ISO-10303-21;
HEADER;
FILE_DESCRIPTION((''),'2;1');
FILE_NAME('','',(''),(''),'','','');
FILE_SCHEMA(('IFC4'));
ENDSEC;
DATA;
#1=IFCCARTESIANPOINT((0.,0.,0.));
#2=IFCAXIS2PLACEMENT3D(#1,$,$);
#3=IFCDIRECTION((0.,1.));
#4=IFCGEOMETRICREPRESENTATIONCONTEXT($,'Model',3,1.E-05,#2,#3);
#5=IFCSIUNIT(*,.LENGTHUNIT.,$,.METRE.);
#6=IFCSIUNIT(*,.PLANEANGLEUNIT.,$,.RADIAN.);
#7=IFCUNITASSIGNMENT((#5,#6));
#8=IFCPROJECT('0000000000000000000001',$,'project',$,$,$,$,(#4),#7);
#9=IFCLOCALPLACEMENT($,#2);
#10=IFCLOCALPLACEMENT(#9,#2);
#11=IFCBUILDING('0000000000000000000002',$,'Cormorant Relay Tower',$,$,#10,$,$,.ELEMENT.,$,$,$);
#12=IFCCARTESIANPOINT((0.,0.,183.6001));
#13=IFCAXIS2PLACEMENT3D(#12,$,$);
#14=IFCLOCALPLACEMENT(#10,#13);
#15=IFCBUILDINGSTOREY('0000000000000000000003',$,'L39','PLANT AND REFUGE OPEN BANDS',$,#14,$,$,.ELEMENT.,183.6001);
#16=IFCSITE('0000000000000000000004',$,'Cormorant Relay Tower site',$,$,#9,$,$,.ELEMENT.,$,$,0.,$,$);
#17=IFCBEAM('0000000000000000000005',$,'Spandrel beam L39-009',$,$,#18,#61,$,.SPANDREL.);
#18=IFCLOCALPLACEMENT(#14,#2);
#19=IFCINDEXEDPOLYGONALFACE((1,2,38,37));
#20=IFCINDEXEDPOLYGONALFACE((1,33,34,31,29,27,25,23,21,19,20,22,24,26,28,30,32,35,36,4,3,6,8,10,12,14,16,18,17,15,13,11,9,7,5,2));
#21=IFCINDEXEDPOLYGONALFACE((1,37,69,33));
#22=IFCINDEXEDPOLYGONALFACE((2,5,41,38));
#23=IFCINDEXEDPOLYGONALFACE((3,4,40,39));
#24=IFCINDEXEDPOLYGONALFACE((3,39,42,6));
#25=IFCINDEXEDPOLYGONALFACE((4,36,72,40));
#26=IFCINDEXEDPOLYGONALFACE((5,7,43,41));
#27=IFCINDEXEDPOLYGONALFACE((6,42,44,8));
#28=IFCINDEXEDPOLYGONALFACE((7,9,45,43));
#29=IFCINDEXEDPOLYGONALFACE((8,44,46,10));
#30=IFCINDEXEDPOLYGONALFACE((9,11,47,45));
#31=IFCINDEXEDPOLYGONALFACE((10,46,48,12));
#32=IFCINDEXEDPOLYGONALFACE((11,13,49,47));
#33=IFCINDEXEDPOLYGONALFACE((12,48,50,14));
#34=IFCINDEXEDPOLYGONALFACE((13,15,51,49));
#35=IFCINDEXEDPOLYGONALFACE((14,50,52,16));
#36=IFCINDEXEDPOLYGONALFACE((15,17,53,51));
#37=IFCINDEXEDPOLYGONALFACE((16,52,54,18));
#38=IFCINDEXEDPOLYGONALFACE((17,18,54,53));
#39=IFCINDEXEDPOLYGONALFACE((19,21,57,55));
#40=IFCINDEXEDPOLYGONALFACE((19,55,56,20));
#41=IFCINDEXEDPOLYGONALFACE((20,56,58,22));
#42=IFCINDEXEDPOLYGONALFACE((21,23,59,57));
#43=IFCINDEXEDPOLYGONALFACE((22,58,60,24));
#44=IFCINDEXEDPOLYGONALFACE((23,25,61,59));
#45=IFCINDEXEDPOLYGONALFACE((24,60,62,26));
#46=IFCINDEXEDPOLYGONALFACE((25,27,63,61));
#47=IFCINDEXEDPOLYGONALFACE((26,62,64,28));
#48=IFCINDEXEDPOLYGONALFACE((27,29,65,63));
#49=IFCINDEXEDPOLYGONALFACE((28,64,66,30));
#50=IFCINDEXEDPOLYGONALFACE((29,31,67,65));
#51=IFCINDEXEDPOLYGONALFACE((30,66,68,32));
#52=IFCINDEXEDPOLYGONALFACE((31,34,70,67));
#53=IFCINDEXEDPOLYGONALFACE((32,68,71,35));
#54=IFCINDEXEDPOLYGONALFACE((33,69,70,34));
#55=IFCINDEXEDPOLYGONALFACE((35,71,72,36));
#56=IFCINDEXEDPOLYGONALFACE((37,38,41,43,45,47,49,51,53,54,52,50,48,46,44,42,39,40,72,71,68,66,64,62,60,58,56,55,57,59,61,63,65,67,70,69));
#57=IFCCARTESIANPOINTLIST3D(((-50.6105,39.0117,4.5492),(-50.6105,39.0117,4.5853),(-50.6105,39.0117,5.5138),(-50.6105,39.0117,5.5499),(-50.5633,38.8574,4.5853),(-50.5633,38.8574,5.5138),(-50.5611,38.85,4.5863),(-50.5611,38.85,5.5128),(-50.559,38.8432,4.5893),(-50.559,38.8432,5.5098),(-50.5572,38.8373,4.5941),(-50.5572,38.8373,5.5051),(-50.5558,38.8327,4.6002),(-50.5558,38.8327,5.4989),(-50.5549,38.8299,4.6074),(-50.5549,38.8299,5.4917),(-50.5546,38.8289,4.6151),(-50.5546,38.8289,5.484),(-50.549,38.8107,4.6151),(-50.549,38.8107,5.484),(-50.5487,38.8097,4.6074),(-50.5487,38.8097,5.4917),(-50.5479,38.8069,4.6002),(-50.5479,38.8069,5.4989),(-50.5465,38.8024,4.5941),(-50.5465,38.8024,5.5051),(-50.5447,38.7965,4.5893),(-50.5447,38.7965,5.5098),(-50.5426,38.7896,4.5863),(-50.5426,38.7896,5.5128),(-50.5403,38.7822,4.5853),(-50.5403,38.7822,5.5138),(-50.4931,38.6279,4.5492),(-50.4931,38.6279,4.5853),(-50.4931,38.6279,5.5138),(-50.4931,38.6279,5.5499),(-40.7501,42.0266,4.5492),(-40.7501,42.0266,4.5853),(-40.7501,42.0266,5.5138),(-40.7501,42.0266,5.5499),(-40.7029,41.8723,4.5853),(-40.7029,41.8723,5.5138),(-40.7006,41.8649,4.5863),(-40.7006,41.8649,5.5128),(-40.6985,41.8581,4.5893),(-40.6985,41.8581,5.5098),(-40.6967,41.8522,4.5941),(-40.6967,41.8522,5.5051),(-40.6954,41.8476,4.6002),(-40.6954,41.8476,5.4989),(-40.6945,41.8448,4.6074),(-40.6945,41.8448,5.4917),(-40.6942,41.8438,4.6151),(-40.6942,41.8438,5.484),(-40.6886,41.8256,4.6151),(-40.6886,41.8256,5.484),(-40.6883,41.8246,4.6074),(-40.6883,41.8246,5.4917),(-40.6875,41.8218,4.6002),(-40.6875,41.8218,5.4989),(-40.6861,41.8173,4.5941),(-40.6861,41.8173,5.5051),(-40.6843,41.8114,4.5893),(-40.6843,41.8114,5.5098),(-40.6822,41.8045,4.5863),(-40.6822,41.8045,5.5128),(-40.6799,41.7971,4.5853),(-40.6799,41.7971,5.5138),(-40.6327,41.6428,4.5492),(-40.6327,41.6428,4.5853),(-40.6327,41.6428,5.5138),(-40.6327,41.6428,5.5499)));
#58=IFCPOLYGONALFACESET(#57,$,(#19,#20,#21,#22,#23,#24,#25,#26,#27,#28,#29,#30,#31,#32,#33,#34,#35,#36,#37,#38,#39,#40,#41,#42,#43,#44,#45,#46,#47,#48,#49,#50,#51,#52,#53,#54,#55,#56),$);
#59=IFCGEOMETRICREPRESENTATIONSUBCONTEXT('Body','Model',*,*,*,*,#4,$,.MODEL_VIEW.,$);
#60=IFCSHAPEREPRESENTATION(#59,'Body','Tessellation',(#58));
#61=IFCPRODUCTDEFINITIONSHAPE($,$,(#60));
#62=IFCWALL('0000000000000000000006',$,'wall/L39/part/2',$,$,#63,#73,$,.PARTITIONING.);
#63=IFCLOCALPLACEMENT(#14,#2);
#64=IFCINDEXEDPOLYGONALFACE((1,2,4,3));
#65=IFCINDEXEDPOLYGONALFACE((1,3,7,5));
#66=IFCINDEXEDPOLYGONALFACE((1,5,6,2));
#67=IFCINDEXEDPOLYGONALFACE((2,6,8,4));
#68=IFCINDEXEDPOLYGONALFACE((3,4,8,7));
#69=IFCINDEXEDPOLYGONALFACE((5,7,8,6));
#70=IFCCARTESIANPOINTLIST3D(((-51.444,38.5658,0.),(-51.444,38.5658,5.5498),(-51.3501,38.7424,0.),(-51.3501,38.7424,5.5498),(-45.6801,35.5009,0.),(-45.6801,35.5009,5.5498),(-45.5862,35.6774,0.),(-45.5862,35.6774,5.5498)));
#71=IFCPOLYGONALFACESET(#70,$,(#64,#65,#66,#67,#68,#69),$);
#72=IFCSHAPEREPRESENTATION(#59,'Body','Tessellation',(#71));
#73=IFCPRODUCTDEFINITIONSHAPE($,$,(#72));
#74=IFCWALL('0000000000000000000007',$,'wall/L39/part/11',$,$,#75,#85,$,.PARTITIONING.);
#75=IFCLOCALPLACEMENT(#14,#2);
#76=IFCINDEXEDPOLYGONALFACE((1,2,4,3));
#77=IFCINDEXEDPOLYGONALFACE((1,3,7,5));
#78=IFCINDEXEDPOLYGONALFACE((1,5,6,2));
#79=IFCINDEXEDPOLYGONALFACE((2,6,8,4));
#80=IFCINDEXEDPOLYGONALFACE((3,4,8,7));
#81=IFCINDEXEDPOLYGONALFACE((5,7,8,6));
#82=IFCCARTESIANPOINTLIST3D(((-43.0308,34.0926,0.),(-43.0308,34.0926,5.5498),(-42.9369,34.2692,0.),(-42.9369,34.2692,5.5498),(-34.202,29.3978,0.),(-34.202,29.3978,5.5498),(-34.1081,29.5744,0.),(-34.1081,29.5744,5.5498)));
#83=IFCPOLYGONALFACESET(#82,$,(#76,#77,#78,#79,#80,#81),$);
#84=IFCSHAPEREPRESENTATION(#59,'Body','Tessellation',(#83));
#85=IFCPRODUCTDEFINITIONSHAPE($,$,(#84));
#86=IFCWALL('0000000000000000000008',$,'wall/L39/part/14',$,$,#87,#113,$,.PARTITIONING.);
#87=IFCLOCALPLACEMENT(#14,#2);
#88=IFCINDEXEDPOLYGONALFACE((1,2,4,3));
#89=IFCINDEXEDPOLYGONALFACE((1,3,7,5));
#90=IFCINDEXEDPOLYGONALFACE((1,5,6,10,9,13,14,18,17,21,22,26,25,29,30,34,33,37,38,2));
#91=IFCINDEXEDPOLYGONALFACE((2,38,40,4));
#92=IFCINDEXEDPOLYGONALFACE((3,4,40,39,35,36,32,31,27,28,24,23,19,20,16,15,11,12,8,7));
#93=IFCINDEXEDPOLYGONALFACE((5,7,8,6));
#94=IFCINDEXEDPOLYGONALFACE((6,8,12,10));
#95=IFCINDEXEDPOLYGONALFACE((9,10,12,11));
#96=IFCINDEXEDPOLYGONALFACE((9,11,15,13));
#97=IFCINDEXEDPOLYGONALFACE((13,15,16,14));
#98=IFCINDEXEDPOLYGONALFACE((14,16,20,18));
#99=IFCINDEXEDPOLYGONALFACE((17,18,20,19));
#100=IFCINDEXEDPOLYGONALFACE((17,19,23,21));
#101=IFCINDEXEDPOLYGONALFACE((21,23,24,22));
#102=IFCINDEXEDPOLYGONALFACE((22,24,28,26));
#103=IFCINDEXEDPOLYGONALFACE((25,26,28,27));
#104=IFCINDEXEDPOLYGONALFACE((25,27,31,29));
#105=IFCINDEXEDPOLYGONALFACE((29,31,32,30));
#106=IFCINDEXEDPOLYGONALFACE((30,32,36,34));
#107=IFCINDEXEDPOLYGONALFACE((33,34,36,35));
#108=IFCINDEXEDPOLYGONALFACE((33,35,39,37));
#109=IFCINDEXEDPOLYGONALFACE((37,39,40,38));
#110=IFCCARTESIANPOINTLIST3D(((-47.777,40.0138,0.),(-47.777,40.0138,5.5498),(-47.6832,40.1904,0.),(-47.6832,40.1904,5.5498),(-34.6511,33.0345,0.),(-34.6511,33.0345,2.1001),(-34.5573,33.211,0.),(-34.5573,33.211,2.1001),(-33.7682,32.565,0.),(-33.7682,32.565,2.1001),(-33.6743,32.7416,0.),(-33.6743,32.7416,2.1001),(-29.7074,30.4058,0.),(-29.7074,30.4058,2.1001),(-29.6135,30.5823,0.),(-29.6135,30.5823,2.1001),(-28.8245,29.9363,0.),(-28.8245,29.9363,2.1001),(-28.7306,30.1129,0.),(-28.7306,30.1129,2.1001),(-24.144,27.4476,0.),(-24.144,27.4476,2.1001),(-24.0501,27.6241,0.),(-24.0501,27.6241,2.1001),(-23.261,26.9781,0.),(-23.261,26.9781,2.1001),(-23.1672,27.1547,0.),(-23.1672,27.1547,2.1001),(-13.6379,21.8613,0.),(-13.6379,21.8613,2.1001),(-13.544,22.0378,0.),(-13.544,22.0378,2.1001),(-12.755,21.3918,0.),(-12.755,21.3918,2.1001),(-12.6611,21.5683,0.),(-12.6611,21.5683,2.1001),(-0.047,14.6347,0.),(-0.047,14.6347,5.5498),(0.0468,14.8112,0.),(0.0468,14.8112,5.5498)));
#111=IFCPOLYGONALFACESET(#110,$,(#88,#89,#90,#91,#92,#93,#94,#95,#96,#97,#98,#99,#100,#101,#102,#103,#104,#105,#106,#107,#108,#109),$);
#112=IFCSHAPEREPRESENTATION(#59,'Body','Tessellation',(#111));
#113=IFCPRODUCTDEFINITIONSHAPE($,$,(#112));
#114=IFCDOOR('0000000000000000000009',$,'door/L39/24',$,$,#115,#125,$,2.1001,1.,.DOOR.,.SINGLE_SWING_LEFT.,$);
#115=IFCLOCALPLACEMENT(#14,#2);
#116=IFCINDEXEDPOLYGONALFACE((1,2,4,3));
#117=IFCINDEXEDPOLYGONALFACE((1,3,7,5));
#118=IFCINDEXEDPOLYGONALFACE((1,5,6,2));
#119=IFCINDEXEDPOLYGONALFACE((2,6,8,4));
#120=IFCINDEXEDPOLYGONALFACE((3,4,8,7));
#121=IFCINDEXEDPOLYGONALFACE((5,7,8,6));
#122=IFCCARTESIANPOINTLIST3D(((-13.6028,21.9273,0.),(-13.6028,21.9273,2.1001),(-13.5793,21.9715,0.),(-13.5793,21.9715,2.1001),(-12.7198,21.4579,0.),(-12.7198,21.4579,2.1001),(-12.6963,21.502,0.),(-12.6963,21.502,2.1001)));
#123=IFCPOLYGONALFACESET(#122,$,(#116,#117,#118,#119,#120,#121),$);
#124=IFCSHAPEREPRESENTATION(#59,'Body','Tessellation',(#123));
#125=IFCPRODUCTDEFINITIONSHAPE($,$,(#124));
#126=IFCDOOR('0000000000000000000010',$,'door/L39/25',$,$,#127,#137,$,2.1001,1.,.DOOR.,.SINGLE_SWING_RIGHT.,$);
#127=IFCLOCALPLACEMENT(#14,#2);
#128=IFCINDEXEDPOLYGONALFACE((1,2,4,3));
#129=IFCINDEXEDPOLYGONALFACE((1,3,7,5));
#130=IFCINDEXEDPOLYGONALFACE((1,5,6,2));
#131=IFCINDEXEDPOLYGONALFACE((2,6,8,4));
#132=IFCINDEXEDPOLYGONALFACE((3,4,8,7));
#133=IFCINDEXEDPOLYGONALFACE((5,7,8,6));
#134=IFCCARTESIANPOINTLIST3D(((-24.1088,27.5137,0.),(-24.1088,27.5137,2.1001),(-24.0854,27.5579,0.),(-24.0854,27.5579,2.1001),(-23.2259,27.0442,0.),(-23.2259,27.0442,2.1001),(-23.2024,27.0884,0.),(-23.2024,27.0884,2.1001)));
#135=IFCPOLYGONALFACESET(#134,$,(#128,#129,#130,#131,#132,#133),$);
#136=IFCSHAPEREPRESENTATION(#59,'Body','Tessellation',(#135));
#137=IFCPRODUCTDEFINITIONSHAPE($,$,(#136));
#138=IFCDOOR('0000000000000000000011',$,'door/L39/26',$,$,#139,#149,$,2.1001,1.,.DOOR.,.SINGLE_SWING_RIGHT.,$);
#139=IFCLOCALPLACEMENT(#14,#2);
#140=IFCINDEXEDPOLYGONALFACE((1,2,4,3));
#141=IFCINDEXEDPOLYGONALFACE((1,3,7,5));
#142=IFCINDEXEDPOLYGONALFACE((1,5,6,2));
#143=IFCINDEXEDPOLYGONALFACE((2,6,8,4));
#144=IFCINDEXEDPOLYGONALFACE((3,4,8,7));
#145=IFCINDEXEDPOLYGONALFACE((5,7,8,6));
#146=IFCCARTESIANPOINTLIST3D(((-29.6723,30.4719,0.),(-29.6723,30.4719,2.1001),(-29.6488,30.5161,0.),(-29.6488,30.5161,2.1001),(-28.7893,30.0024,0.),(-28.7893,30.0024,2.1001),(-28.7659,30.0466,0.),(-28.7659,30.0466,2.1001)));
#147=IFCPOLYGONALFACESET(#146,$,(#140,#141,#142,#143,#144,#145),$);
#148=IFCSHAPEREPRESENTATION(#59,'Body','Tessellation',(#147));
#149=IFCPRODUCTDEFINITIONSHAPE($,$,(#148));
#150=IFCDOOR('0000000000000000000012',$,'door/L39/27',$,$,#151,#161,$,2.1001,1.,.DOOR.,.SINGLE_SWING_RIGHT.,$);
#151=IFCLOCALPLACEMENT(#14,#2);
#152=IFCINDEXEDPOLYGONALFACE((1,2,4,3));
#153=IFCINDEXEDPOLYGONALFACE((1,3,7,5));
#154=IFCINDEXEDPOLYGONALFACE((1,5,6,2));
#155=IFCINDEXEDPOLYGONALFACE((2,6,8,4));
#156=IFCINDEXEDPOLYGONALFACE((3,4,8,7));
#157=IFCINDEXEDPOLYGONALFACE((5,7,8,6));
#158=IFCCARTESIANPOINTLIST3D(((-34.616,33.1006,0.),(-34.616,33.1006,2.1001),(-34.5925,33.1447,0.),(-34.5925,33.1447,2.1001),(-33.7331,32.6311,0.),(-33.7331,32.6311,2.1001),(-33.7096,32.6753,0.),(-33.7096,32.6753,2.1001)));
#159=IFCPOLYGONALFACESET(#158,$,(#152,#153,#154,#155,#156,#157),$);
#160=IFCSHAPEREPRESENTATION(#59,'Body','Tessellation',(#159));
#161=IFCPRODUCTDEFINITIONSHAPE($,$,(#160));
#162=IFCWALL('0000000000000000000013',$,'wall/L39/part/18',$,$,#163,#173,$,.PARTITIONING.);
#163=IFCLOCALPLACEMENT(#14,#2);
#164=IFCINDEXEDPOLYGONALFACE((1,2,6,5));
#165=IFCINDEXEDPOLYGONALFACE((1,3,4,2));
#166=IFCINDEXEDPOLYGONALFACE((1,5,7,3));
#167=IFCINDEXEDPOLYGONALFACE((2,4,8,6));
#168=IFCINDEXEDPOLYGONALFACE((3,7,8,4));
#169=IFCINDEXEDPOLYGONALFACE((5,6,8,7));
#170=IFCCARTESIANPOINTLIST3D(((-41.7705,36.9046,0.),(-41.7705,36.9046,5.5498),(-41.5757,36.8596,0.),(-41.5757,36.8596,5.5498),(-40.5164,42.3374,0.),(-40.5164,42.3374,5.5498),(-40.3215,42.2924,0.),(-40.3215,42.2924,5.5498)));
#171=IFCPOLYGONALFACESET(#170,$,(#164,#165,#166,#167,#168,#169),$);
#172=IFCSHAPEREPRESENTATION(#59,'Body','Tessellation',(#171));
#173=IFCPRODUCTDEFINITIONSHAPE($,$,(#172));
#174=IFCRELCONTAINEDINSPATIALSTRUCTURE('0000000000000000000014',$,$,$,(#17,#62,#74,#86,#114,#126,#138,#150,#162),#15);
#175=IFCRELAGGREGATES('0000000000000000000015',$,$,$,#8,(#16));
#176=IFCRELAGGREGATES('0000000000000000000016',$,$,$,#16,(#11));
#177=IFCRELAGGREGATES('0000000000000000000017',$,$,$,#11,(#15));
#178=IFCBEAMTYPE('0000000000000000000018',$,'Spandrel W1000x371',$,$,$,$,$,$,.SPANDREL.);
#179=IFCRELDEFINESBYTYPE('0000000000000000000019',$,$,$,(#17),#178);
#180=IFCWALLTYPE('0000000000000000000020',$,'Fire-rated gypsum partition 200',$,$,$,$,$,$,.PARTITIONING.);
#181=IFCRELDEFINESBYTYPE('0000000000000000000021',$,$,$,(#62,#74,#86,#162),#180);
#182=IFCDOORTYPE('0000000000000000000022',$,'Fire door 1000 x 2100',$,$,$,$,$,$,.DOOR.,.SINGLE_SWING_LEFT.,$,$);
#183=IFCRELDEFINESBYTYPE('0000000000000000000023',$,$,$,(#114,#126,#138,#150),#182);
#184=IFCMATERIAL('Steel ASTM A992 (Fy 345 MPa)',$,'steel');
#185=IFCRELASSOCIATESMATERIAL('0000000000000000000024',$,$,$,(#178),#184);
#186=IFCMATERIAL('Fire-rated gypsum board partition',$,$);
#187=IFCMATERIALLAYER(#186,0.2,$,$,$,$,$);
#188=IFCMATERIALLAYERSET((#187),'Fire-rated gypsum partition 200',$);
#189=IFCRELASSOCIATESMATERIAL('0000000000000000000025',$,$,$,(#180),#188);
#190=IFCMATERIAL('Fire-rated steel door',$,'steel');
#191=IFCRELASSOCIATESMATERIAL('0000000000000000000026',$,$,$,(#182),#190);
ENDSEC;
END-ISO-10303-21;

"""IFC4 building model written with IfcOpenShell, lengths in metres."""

from ifc_helpers import new_model, si_unit, direction, frame, frame_2d, origin, origin_2d, place, context, subcontext, project, spatial, rectangle, i_section, extrude, material, layer, layer_set, material_profile, profile_set, type_object, element, fill, save


model = new_model("IFC4")

# Units and contexts
model_context = context("Model", 3, precision=1e-05, world=origin(), true_north=direction((0.0, 1.0)))
body_context = subcontext(model_context, "Body", "Model", "MODEL_VIEW")
ifc_project = project(units=[si_unit("LENGTHUNIT", "METRE"), si_unit("PLANEANGLEUNIT", "RADIAN")], contexts=[model_context])

# Site, building, storey
site_placement = place(None, origin())
site = spatial("IfcSite", under=ifc_project, at=site_placement, Name="Cormorant Relay Tower site", CompositionType="ELEMENT", RefElevation=0.0)
building_placement = place(site_placement, origin())
building = spatial("IfcBuilding", under=site, at=building_placement, Name="Cormorant Relay Tower", CompositionType="ELEMENT")
storey_placement = place(building_placement, frame((0.0, 0.0, 183.6001)))
storey = spatial("IfcBuildingStorey", under=building, at=storey_placement, Name="L39", Description="PLANT AND REFUGE OPEN BANDS", CompositionType="ELEMENT", Elevation=183.6001)

# Beam
ifc_material_1 = material(Name="Steel ASTM A992 (Fy 345 MPa)", Category="steel")
ifc_material_profile_1 = material_profile(ifc_material_1, i_section(OverallWidth=0.4014, OverallDepth=1.0007, WebThickness=0.019, FlangeThickness=0.0361, FilletRadius=0.0298, at=origin_2d()), Name="W1000x371")
ifc_profile_set_1 = profile_set([ifc_material_profile_1], Name="Steel ASTM A992 (Fy 345 MPa)")
beam_type = type_object("IfcBeamType", Name="Spandrel W1000x371", PredefinedType="SPANDREL", material=ifc_profile_set_1)
beam_placement = place(storey_placement, frame((-40.6914, 41.8347, 5.0496), z_axis=(-0.956297, -0.292397, 0.0), x_axis=(0.292397, -0.956297, 0.0)))
element("IfcBeam", 1, at=beam_placement, inside=storey, type_object=beam_type, Name="Spandrel beam L39-009", PredefinedType="SPANDREL", context=body_context, shape_type="SweptSolid", body=[
    extrude(i_section(OverallWidth=0.4014, OverallDepth=1.0007, WebThickness=0.019, FlangeThickness=0.0361, FilletRadius=0.0298, at=origin_2d()), origin(), (0.0, 0.0, 1.0), 10.311),
])

# Walls
ifc_material_2 = material(Name="Fire-rated gypsum board partition")
ifc_layer_1 = layer(ifc_material_2, 0.2)
ifc_layer_set_1 = layer_set([ifc_layer_1], Name="Fire-rated gypsum partition 200")
wall_type = type_object("IfcWallType", Name="Fire-rated gypsum partition 200", PredefinedType="PARTITIONING", material=ifc_layer_set_1)
wall_1_placement = place(storey_placement, frame((-45.6331, 35.5891, 0.0), z_axis=(0.0, 0.0, 1.0), x_axis=(-0.882934, 0.469497, 0.0)))
element("IfcWall", 2, at=wall_1_placement, inside=storey, type_object=wall_type, Name="wall/L39/part/2", PredefinedType="PARTITIONING", context=body_context, shape_type="SweptSolid", body=[
    extrude(rectangle(XDim=6.5281, YDim=0.2, at=frame_2d((3.2642, 0.0))), origin(), (0.0, 0.0, 1.0), 5.5498),
])
wall_2_placement = place(storey_placement, frame((-42.9839, 34.1809, 0.0), z_axis=(0.0, 0.0, 1.0), x_axis=(0.882929, -0.469506, 0.0)))
element("IfcWall", 3, at=wall_2_placement, inside=storey, type_object=wall_type, Name="wall/L39/part/11", PredefinedType="PARTITIONING", context=body_context, shape_type="SweptSolid", body=[
    extrude(rectangle(XDim=9.9995, YDim=0.2, at=frame_2d((4.9998, 0.0))), origin(), (0.0, 0.0, 1.0), 5.5498),
])

# Wall, openings, doors
wall_3_placement = place(storey_placement, frame((-47.73, 40.1021, 0.0), z_axis=(0.0, 0.0, 1.0), x_axis=(0.882942, -0.469481, 0.0)))
wall_3 = element("IfcWall", 4, at=wall_3_placement, inside=storey, type_object=wall_type, Name="wall/L39/part/14", PredefinedType="PARTITIONING", context=body_context, shape_type="SweptSolid", body=[
    extrude(rectangle(XDim=54.0579, YDim=0.2, at=frame_2d((27.0288, 0.0))), origin(), (0.0, 0.0, 1.0), 5.5498),
])
opening_1_placement = place(wall_3_placement, frame((38.665, 0.0, 0.0)))
opening_1 = element("IfcOpeningElement", 5, at=opening_1_placement, cuts=wall_3, PredefinedType="OPENING", context=body_context, shape_type="SweptSolid", body=[
    extrude(rectangle(XDim=1.0, YDim=2.1001, at=frame_2d((0.5, 1.05))), frame((0.0, 0.1099, 0.0), z_axis=(0.0, -1.0, 0.0), x_axis=(1.0, 0.0, 0.0)), (0.0, 0.0, 1.0), 0.22),
])
opening_2_placement = place(wall_3_placement, frame((26.7661, 0.0, 0.0)))
opening_2 = element("IfcOpeningElement", 6, at=opening_2_placement, cuts=wall_3, PredefinedType="OPENING", context=body_context, shape_type="SweptSolid", body=[
    extrude(rectangle(XDim=1.0, YDim=2.1001, at=frame_2d((0.5, 1.05))), frame((0.0, 0.1099, 0.0), z_axis=(0.0, -1.0, 0.0), x_axis=(1.0, 0.0, 0.0)), (0.0, 0.0, 1.0), 0.22),
])
opening_3_placement = place(wall_3_placement, frame((20.4651, 0.0, 0.0)))
opening_3 = element("IfcOpeningElement", 7, at=opening_3_placement, cuts=wall_3, PredefinedType="OPENING", context=body_context, shape_type="SweptSolid", body=[
    extrude(rectangle(XDim=1.0, YDim=2.1001, at=frame_2d((0.5, 1.05))), frame((0.0, 0.1099, 0.0), z_axis=(0.0, -1.0, 0.0), x_axis=(1.0, 0.0, 0.0)), (0.0, 0.0, 1.0), 0.22),
])
opening_4_placement = place(wall_3_placement, frame((14.866, 0.0, 0.0)))
opening_4 = element("IfcOpeningElement", 8, at=opening_4_placement, cuts=wall_3, PredefinedType="OPENING", context=body_context, shape_type="SweptSolid", body=[
    extrude(rectangle(XDim=1.0, YDim=2.1001, at=frame_2d((0.5, 1.05))), frame((0.0, 0.1099, 0.0), z_axis=(0.0, -1.0, 0.0), x_axis=(1.0, 0.0, 0.0)), (0.0, 0.0, 1.0), 0.22),
])
ifc_material_3 = material(Name="Fire-rated steel door", Category="steel")
door_type = type_object("IfcDoorType", Name="Fire door 1000 x 2100", OperationType="SINGLE_SWING_LEFT", PredefinedType="DOOR", material=ifc_material_3)
door_1_placement = place(opening_1_placement, origin())
door_1 = element("IfcDoor", 9, at=door_1_placement, inside=storey, type_object=door_type, Name="door/L39/24", OperationType="SINGLE_SWING_LEFT", OverallHeight=2.1001, OverallWidth=1.0, PredefinedType="DOOR", context=body_context, shape_type="SweptSolid", body=[
    extrude(rectangle(XDim=1.0, YDim=2.1001, at=frame_2d((0.5, 1.05))), frame((0.0, 0.0249, 0.0), z_axis=(0.0, -1.0, 0.0), x_axis=(1.0, 0.0, 0.0)), (0.0, 0.0, 1.0), 0.05),
])
fill(opening_1, door_1)
door_2_placement = place(opening_2_placement, origin())
door_2 = element("IfcDoor", 10, at=door_2_placement, inside=storey, type_object=door_type, Name="door/L39/25", OperationType="SINGLE_SWING_RIGHT", OverallHeight=2.1001, OverallWidth=1.0, PredefinedType="DOOR", context=body_context, shape_type="SweptSolid", body=[
    extrude(rectangle(XDim=1.0, YDim=2.1001, at=frame_2d((0.5, 1.05))), frame((0.0, 0.0249, 0.0), z_axis=(0.0, -1.0, 0.0), x_axis=(1.0, 0.0, 0.0)), (0.0, 0.0, 1.0), 0.05),
])
fill(opening_2, door_2)
door_3_placement = place(opening_3_placement, origin())
door_3 = element("IfcDoor", 11, at=door_3_placement, inside=storey, type_object=door_type, Name="door/L39/26", OperationType="SINGLE_SWING_RIGHT", OverallHeight=2.1001, OverallWidth=1.0, PredefinedType="DOOR", context=body_context, shape_type="SweptSolid", body=[
    extrude(rectangle(XDim=1.0, YDim=2.1001, at=frame_2d((0.5, 1.05))), frame((0.0, 0.0249, 0.0), z_axis=(0.0, -1.0, 0.0), x_axis=(1.0, 0.0, 0.0)), (0.0, 0.0, 1.0), 0.05),
])
fill(opening_3, door_3)
door_4_placement = place(opening_4_placement, origin())
door_4 = element("IfcDoor", 12, at=door_4_placement, inside=storey, type_object=door_type, Name="door/L39/27", OperationType="SINGLE_SWING_RIGHT", OverallHeight=2.1001, OverallWidth=1.0, PredefinedType="DOOR", context=body_context, shape_type="SweptSolid", body=[
    extrude(rectangle(XDim=1.0, YDim=2.1001, at=frame_2d((0.5, 1.05))), frame((0.0, 0.0249, 0.0), z_axis=(0.0, -1.0, 0.0), x_axis=(1.0, 0.0, 0.0)), (0.0, 0.0, 1.0), 0.05),
])
fill(opening_4, door_4)

# Wall
wall_4_placement = place(storey_placement, frame((-41.6731, 36.8821, 0.0), z_axis=(0.0, 0.0, 1.0), x_axis=(0.22493, 0.974375, 0.0)))
element("IfcWall", 13, at=wall_4_placement, inside=storey, type_object=wall_type, Name="wall/L39/part/18", PredefinedType="PARTITIONING", context=body_context, shape_type="SweptSolid", body=[
    extrude(rectangle(XDim=5.5757, YDim=0.2, at=frame_2d((2.7878, 0.0))), origin(), (0.0, 0.0, 1.0), 5.5498),
])

save(model, "model.ifc")
